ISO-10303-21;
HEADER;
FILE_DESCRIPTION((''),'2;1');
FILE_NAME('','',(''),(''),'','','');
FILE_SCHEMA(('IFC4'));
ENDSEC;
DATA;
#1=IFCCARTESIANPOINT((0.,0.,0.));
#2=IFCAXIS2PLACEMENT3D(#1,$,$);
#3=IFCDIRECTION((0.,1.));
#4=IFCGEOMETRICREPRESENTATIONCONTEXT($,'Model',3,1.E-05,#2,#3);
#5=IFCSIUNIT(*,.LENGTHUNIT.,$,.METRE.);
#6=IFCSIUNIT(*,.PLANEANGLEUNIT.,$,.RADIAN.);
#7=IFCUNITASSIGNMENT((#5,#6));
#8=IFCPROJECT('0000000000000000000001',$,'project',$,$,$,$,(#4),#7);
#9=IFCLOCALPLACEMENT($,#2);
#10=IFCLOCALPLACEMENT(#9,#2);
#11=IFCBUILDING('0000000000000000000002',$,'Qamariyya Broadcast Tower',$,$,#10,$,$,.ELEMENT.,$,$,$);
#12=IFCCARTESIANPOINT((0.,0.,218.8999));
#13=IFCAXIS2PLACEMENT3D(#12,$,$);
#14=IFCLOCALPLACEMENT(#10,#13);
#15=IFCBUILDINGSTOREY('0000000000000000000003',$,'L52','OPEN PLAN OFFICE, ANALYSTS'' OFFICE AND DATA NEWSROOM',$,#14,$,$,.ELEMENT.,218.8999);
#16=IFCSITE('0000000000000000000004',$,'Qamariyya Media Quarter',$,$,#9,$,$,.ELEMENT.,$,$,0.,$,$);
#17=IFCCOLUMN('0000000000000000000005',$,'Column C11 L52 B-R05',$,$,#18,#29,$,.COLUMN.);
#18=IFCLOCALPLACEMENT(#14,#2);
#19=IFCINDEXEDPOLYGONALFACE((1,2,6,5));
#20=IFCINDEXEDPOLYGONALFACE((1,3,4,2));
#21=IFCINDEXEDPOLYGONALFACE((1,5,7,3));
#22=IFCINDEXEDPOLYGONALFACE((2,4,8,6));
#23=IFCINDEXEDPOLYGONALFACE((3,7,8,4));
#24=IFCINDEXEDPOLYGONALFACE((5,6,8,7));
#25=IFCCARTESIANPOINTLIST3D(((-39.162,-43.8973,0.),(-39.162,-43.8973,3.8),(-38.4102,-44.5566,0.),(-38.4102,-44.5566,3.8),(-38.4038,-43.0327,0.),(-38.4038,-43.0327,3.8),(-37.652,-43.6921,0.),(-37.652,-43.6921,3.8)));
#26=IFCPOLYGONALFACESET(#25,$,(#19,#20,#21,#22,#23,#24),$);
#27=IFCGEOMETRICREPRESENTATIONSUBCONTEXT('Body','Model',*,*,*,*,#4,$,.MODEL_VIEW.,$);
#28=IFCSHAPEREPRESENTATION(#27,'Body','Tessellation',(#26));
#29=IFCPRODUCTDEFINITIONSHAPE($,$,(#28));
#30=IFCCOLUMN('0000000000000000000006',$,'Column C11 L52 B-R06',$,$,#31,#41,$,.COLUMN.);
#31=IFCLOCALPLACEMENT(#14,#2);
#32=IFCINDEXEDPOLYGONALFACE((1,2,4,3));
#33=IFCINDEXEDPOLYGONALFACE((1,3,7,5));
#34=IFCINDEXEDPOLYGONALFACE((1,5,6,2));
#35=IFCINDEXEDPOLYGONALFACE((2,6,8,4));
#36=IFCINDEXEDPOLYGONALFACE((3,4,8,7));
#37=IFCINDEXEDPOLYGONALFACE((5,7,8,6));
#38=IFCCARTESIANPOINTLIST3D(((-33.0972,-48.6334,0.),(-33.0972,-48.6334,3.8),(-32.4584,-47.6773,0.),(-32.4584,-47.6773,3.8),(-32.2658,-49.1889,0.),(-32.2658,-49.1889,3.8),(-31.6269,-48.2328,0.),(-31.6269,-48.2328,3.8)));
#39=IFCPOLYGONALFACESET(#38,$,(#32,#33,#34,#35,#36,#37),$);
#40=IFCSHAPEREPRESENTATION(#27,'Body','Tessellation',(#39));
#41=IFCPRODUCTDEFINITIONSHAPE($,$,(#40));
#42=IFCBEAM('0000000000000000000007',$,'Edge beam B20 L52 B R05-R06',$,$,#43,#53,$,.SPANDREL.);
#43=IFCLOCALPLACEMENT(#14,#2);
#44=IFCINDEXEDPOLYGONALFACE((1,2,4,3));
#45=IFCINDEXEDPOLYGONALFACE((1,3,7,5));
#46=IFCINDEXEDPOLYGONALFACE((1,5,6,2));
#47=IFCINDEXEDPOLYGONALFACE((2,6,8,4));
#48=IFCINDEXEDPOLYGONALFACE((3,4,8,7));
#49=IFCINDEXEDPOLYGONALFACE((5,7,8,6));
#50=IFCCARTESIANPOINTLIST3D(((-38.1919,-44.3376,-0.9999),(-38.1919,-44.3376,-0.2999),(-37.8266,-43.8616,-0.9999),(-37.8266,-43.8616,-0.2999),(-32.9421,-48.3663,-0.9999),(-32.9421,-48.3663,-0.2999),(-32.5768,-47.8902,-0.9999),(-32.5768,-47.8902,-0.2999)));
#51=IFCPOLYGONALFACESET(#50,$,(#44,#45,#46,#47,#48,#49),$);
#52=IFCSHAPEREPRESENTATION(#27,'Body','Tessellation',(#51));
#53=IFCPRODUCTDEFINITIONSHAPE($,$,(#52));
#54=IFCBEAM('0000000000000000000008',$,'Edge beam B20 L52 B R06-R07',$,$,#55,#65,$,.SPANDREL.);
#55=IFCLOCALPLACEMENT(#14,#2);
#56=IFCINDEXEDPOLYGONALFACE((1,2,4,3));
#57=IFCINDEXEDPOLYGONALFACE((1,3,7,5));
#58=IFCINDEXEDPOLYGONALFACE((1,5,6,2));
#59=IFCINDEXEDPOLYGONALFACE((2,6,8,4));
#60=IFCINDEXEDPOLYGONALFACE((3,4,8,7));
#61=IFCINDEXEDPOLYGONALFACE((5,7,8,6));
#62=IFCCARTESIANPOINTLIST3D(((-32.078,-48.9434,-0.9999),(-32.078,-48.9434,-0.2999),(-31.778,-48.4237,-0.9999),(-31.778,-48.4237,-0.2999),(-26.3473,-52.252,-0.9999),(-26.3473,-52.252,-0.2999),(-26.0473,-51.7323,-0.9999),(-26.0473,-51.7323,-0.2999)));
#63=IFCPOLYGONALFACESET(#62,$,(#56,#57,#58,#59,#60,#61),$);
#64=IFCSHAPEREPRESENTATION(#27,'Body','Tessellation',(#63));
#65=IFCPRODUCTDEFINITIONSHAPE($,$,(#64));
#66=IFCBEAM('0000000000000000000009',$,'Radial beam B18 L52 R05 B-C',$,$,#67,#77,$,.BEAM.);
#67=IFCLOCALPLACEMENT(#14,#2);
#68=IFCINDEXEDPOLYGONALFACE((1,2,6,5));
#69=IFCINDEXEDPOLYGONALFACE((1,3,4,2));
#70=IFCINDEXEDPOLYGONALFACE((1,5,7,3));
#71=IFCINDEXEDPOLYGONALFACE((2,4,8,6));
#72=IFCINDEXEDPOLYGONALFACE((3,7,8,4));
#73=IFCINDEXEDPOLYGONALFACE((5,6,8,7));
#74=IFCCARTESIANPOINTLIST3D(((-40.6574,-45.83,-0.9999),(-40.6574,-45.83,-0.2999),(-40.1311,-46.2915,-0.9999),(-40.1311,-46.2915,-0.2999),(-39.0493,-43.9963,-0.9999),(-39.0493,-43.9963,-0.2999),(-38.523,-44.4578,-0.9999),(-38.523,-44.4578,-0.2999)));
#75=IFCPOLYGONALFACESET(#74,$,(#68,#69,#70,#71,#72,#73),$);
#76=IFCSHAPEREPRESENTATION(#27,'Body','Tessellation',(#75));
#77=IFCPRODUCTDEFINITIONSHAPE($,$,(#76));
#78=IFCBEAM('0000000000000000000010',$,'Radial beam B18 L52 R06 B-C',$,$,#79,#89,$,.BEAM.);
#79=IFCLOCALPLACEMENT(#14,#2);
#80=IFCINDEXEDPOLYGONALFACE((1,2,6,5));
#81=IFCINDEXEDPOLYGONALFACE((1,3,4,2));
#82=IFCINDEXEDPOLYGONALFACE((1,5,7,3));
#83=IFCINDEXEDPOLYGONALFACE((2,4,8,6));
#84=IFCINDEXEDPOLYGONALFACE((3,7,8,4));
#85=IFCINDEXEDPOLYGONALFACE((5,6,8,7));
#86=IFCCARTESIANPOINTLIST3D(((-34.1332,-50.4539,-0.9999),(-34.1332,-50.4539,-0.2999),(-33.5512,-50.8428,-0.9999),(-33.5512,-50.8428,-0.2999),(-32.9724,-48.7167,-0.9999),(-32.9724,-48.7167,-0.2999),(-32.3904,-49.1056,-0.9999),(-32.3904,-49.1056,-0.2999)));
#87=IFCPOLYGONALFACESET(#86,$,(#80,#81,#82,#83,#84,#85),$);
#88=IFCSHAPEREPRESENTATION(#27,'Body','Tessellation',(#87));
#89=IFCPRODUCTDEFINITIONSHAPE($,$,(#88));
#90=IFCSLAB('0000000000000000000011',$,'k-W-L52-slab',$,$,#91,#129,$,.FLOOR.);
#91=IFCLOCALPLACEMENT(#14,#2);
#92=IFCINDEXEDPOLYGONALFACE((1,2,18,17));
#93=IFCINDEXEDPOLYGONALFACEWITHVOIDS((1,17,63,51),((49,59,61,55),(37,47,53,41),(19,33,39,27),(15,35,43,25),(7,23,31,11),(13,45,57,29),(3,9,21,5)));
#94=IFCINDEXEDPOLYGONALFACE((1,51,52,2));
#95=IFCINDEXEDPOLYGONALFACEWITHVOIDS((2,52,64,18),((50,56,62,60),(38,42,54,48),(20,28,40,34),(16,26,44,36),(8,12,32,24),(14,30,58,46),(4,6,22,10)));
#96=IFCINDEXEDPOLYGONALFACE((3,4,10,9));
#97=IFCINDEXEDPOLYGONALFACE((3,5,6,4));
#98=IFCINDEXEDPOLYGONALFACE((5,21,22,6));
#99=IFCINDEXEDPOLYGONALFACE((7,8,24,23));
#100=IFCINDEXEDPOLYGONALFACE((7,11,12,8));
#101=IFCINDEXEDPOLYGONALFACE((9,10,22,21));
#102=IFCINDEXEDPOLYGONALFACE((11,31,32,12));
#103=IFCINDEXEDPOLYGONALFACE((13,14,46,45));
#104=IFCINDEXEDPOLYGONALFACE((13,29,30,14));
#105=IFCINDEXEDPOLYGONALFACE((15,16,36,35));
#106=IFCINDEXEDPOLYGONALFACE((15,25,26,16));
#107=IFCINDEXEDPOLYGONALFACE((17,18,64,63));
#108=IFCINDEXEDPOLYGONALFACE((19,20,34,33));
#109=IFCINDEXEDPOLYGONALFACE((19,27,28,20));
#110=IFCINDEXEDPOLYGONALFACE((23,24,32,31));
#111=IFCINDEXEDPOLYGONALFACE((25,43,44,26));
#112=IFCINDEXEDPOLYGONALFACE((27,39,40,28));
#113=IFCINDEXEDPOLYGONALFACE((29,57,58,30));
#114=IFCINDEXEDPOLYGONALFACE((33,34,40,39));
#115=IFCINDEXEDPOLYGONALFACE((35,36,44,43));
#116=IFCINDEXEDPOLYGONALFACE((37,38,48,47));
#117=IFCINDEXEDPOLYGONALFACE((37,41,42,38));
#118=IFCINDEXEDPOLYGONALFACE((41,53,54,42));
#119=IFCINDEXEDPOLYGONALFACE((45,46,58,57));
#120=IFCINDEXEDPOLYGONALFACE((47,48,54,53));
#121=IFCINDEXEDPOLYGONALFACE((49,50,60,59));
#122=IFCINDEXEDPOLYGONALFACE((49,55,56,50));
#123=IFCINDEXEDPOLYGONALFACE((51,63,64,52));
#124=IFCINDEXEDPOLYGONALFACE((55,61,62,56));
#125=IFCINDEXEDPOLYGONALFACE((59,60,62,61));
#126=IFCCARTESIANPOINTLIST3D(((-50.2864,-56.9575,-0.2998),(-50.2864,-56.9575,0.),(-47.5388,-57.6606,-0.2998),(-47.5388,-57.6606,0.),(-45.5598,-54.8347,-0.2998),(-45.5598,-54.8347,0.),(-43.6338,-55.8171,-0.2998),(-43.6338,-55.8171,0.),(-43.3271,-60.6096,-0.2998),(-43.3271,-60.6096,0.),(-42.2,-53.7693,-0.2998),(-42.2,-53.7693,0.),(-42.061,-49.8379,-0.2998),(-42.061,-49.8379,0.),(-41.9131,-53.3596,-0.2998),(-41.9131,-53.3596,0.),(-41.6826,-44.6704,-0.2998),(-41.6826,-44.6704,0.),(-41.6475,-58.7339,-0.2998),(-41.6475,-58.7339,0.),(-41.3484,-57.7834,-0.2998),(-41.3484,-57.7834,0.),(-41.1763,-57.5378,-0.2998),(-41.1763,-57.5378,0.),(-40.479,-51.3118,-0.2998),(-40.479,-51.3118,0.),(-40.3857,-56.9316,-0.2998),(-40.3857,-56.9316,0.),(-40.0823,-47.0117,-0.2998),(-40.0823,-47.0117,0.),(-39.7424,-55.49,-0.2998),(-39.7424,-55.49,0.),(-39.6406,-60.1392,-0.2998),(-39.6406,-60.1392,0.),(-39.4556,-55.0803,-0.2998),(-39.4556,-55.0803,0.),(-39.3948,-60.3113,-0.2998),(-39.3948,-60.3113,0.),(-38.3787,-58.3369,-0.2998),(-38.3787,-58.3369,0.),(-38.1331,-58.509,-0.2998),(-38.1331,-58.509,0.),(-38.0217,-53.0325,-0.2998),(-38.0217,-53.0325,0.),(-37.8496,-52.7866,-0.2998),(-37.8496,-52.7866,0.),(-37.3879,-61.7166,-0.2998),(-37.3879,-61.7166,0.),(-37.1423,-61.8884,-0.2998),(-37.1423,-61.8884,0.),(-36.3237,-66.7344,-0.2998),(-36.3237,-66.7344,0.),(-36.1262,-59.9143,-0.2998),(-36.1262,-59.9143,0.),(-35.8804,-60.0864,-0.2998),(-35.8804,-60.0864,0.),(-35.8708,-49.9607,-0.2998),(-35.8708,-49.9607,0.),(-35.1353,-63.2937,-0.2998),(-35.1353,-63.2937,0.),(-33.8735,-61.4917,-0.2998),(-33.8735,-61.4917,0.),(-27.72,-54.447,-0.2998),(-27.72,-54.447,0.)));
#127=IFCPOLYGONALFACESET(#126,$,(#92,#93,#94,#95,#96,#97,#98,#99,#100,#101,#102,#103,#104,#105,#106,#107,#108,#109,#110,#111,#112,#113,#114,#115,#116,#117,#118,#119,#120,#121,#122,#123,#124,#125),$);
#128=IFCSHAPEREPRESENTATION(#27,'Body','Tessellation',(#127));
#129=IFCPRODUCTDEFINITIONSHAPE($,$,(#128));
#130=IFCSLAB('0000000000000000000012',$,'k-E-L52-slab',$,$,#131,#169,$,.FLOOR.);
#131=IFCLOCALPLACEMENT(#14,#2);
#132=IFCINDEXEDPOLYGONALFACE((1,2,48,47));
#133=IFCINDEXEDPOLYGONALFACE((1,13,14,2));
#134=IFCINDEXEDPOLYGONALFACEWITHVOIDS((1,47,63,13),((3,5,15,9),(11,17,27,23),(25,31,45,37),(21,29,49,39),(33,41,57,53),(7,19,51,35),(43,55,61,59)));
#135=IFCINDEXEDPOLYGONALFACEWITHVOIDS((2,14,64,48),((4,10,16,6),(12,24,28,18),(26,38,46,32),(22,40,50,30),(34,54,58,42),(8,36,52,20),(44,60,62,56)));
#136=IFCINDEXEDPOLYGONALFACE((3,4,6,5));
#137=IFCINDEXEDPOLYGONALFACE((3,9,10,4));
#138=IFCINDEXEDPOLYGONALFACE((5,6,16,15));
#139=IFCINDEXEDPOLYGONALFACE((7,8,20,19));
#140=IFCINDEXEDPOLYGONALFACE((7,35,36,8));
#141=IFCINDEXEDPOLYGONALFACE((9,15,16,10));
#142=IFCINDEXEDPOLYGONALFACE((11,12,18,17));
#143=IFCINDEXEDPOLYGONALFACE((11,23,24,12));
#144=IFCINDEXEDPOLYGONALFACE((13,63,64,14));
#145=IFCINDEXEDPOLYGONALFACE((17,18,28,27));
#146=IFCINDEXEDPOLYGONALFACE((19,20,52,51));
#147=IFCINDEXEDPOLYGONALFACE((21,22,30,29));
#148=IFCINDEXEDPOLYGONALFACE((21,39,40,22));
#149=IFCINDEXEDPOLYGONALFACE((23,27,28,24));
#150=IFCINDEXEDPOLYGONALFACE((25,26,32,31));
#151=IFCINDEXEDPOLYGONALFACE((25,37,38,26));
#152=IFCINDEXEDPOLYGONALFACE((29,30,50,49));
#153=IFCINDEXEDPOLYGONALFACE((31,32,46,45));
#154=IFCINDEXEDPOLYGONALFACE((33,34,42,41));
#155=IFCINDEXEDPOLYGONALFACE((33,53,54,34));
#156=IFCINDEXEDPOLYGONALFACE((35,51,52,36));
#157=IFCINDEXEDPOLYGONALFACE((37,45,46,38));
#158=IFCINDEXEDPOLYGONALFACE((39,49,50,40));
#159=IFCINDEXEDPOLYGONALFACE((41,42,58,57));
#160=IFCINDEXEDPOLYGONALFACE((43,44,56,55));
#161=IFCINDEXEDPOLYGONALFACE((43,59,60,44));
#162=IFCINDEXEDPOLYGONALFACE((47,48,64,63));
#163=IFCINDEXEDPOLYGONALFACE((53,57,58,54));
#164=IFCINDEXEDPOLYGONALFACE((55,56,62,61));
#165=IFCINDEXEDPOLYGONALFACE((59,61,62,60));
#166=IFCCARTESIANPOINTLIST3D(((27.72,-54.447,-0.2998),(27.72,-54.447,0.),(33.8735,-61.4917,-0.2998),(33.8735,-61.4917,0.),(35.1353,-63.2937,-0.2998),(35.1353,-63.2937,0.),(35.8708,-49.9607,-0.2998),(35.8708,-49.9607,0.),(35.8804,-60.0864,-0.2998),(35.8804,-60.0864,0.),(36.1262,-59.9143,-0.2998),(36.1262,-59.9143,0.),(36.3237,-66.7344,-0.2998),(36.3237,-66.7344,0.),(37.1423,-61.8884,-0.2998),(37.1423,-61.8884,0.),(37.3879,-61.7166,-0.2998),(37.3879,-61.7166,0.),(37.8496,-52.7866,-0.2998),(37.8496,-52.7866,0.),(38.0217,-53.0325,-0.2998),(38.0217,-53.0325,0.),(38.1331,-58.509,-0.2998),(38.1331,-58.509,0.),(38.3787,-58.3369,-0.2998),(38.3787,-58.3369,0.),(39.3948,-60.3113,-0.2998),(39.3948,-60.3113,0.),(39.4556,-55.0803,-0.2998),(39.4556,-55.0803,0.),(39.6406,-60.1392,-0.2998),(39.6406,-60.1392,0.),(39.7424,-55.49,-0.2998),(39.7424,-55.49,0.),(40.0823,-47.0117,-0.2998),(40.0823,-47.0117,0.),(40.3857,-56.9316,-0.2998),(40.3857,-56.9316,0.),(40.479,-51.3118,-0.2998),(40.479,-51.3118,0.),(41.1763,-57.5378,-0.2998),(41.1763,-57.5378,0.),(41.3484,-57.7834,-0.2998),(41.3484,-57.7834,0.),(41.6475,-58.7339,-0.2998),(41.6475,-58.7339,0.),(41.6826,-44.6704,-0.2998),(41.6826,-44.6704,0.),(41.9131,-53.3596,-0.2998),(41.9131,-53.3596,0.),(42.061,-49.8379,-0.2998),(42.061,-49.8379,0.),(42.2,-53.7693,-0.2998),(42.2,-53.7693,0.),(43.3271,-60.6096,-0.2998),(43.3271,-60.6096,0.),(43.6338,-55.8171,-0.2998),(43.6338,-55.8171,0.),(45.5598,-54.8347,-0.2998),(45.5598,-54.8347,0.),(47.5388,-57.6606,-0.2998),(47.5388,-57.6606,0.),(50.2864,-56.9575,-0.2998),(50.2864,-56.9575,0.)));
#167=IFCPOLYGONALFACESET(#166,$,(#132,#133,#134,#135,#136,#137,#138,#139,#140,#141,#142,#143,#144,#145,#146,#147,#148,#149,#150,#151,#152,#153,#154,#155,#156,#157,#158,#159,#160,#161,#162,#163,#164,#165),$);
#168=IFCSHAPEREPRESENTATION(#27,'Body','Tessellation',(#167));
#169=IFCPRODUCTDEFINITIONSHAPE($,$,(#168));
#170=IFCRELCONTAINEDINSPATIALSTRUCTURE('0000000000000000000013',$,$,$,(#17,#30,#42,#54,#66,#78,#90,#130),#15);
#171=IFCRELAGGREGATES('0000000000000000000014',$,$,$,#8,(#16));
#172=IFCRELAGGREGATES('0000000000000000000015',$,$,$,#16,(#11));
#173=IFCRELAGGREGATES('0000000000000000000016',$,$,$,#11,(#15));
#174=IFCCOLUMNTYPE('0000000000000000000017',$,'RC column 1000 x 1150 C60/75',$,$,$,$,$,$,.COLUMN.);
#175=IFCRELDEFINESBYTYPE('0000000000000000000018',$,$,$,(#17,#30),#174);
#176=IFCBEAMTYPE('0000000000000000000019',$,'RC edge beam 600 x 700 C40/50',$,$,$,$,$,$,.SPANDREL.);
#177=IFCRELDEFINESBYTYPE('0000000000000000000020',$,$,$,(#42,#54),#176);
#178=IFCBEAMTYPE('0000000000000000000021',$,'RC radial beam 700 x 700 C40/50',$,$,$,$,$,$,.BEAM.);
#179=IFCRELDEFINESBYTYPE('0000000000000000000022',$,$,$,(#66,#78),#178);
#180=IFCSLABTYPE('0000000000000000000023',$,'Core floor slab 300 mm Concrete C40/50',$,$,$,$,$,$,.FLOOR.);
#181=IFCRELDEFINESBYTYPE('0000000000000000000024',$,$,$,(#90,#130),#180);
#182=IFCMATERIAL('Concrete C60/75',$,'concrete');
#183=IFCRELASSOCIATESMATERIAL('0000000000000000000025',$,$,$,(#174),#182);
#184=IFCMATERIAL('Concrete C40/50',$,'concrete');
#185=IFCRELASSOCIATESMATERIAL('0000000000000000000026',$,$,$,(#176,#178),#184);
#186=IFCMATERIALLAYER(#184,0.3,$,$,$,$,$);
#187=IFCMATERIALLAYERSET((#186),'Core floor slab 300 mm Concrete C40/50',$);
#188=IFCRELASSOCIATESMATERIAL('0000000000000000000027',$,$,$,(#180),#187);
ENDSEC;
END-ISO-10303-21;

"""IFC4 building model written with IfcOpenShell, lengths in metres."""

from ifc_helpers import new_model, si_unit, direction, frame, origin, origin_2d, place, context, subcontext, project, spatial, polyline, rectangle, outline, extrude, material, layer, layer_set, material_profile, profile_set, type_object, element, save


model = new_model("IFC4")

# Units and contexts
model_context = context("Model", 3, precision=1e-05, world=origin(), true_north=direction((0.0, 1.0)))
body_context = subcontext(model_context, "Body", "Model", "MODEL_VIEW")
ifc_project = project(units=[si_unit("LENGTHUNIT", "METRE"), si_unit("PLANEANGLEUNIT", "RADIAN")], contexts=[model_context])

# Site, building, storey
site_placement = place(None, origin())
site = spatial("IfcSite", under=ifc_project, at=site_placement, Name="Qamariyya Media Quarter", CompositionType="ELEMENT", RefElevation=0.0)
building_placement = place(site_placement, origin())
building = spatial("IfcBuilding", under=site, at=building_placement, Name="Qamariyya Broadcast Tower", CompositionType="ELEMENT")
storey_placement = place(building_placement, frame((0.0, 0.0, 218.8999)))
storey = spatial("IfcBuildingStorey", under=building, at=storey_placement, Name="L52", Description="OPEN PLAN OFFICE, ANALYSTS' OFFICE AND DATA NEWSROOM", CompositionType="ELEMENT", Elevation=218.8999)

# Columns
ifc_material_1 = material(Name="Concrete C60/75", Category="concrete")
ifc_material_profile_1 = material_profile(ifc_material_1, rectangle(XDim=1.0, YDim=1.1499, at=origin_2d()))
ifc_profile_set_1 = profile_set([ifc_material_profile_1], Name="Concrete C60/75")
column_type = type_object("IfcColumnType", Name="RC column 1000 x 1150 C60/75", PredefinedType="COLUMN", material=ifc_profile_set_1)
for number, where, z_axis, x_axis, name in (
    (1, (-38.407, -43.7947, 0.0), (0.0, 0.0, 1.0), (0.75184, -0.659346, 0.0), "Column C11 L52 B-R05"),
    (2, (-32.3621, -48.4331, 0.0), (0.0, 0.0, 1.0), (0.83147, -0.55557, 0.0), "Column C11 L52 B-R06"),
):
    element("IfcColumn", number, at=place(storey_placement, frame(where, z_axis=z_axis, x_axis=x_axis)), inside=storey, type_object=column_type, Name=name, PredefinedType="COLUMN", context=body_context, shape_type="SweptSolid", body=[
        extrude(rectangle(XDim=1.0, YDim=1.1499, at=origin_2d()), origin(), (0.0, 0.0, 1.0), 3.8),
    ])

# Beams
ifc_material_2 = material(Name="Concrete C40/50", Category="concrete")
ifc_material_profile_2 = material_profile(ifc_material_2, rectangle(XDim=0.6001, YDim=0.7, at=origin_2d()))
ifc_profile_set_2 = profile_set([ifc_material_profile_2], Name="Concrete C40/50")
beam_type_1 = type_object("IfcBeamType", Name="RC edge beam 600 x 700 C40/50", PredefinedType="SPANDREL", material=ifc_profile_set_2)
beam_1_placement = place(storey_placement, frame((-38.0093, -44.0996, -0.6499), z_axis=(0.793333, -0.608789, 0.0), x_axis=(0.608789, 0.793333, 0.0)))
element("IfcBeam", 3, at=beam_1_placement, inside=storey, type_object=beam_type_1, Name="Edge beam B20 L52 B R05-R06", PredefinedType="SPANDREL", context=body_context, shape_type="SweptSolid", body=[
    extrude(rectangle(XDim=0.6001, YDim=0.7, at=origin_2d()), origin(), (0.0, 0.0, 1.0), 6.6174),
])
beam_2_placement = place(storey_placement, frame((-31.928, -48.6836, -0.6499), z_axis=(0.866028, -0.499996, 0.0), x_axis=(0.499996, 0.866028, 0.0)))
element("IfcBeam", 4, at=beam_2_placement, inside=storey, type_object=beam_type_1, Name="Edge beam B20 L52 B R06-R07", PredefinedType="SPANDREL", context=body_context, shape_type="SweptSolid", body=[
    extrude(rectangle(XDim=0.6001, YDim=0.7, at=origin_2d()), origin(), (0.0, 0.0, 1.0), 6.6172),
])
ifc_material_profile_3 = material_profile(ifc_material_2, rectangle(XDim=0.7, YDim=0.7, at=origin_2d()))
ifc_profile_set_3 = profile_set([ifc_material_profile_3], Name="Concrete C40/50")
beam_type_2 = type_object("IfcBeamType", Name="RC radial beam 700 x 700 C40/50", PredefinedType="BEAM", material=ifc_profile_set_3)
beam_3_placement = place(storey_placement, frame((-38.7861, -44.2271, -0.6499), z_axis=(-0.659348, -0.751838, 0.0), x_axis=(0.751838, -0.659348, 0.0)))
element("IfcBeam", 5, at=beam_3_placement, inside=storey, type_object=beam_type_2, Name="Radial beam B18 L52 R05 B-C", PredefinedType="BEAM", context=body_context, shape_type="SweptSolid", body=[
    extrude(rectangle(XDim=0.7, YDim=0.7, at=origin_2d()), origin(), (0.0, 0.0, 1.0), 2.439),
])
beam_4_placement = place(storey_placement, frame((-32.6814, -48.9111, -0.6499), z_axis=(-0.55559, -0.831457, 0.0), x_axis=(0.831457, -0.55559, 0.0)))
element("IfcBeam", 6, at=beam_4_placement, inside=storey, type_object=beam_type_2, Name="Radial beam B18 L52 R06 B-C", PredefinedType="BEAM", context=body_context, shape_type="SweptSolid", body=[
    extrude(rectangle(XDim=0.7, YDim=0.7, at=origin_2d()), origin(), (0.0, 0.0, 1.0), 2.0894),
])

# Slabs
ifc_layer_1 = layer(ifc_material_2, 0.3)
ifc_layer_set_1 = layer_set([ifc_layer_1], Name="Core floor slab 300 mm Concrete C40/50")
slab_type_1 = type_object("IfcSlabType", Name="Core floor slab 300 mm Concrete C40/50", PredefinedType="FLOOR", material=ifc_layer_set_1)
slab_1_placement = place(storey_placement, frame((0.0, 0.0, -0.2998)))
element("IfcSlab", 7, at=slab_1_placement, inside=storey, type_object=slab_type_1, Name="k-W-L52-slab", PredefinedType="FLOOR", context=body_context, shape_type="SweptSolid", body=[
    extrude(outline(polyline([(-50.2864, -56.9575), (-36.3237, -66.7344), (-27.72, -54.447), (-41.6826, -44.6704), (-50.2864, -56.9575)]), holes=[polyline([(-33.8735, -61.4917), (-35.8804, -60.0864), (-37.1423, -61.8884), (-35.1353, -63.2937), (-33.8735, -61.4917)]), polyline([(-36.1262, -59.9143), (-38.1331, -58.509), (-39.3948, -60.3113), (-37.3879, -61.7166), (-36.1262, -59.9143)]), polyline([(-38.3787, -58.3369), (-40.3857, -56.9316), (-41.6475, -58.7339), (-39.6406, -60.1392), (-38.3787, -58.3369)]), polyline([(-39.7424, -55.49), (-42.2, -53.7693), (-43.6338, -55.8171), (-41.1763, -57.5378), (-39.7424, -55.49)]), polyline([(-39.4556, -55.0803), (-41.9131, -53.3596), (-40.479, -51.3118), (-38.0217, -53.0325), (-39.4556, -55.0803)]), polyline([(-42.061, -49.8379), (-37.8496, -52.7866), (-35.8708, -49.9607), (-40.0823, -47.0117), (-42.061, -49.8379)]), polyline([(-47.5388, -57.6606), (-43.3271, -60.6096), (-41.3484, -57.7834), (-45.5598, -54.8347), (-47.5388, -57.6606)])]), origin(), (0.0, 0.0, 1.0), 0.2998),
])
slab_2_placement = place(storey_placement, frame((0.0, 0.0, -0.2998)))
element("IfcSlab", 8, at=slab_2_placement, inside=storey, type_object=slab_type_1, Name="k-E-L52-slab", PredefinedType="FLOOR", context=body_context, shape_type="SweptSolid", body=[
    extrude(outline(polyline([(36.3237, -66.7344), (50.2864, -56.9575), (41.6826, -44.6704), (27.72, -54.447), (36.3237, -66.7344)]), holes=[polyline([(33.8735, -61.4917), (35.8804, -60.0864), (37.1423, -61.8884), (35.1353, -63.2937), (33.8735, -61.4917)]), polyline([(36.1262, -59.9143), (38.1331, -58.509), (39.3948, -60.3113), (37.3879, -61.7166), (36.1262, -59.9143)]), polyline([(38.3787, -58.3369), (40.3857, -56.9316), (41.6475, -58.7339), (39.6406, -60.1392), (38.3787, -58.3369)]), polyline([(39.7424, -55.49), (42.2, -53.7693), (43.6338, -55.8171), (41.1763, -57.5378), (39.7424, -55.49)]), polyline([(39.4556, -55.0803), (41.9131, -53.3596), (40.479, -51.3118), (38.0217, -53.0325), (39.4556, -55.0803)]), polyline([(40.0823, -47.0117), (35.8708, -49.9607), (37.8496, -52.7866), (42.061, -49.8379), (40.0823, -47.0117)]), polyline([(45.5598, -54.8347), (41.3484, -57.7834), (43.3271, -60.6096), (47.5388, -57.6606), (45.5598, -54.8347)])]), origin(), (0.0, 0.0, 1.0), 0.2998),
])

save(model, "model.ifc")
